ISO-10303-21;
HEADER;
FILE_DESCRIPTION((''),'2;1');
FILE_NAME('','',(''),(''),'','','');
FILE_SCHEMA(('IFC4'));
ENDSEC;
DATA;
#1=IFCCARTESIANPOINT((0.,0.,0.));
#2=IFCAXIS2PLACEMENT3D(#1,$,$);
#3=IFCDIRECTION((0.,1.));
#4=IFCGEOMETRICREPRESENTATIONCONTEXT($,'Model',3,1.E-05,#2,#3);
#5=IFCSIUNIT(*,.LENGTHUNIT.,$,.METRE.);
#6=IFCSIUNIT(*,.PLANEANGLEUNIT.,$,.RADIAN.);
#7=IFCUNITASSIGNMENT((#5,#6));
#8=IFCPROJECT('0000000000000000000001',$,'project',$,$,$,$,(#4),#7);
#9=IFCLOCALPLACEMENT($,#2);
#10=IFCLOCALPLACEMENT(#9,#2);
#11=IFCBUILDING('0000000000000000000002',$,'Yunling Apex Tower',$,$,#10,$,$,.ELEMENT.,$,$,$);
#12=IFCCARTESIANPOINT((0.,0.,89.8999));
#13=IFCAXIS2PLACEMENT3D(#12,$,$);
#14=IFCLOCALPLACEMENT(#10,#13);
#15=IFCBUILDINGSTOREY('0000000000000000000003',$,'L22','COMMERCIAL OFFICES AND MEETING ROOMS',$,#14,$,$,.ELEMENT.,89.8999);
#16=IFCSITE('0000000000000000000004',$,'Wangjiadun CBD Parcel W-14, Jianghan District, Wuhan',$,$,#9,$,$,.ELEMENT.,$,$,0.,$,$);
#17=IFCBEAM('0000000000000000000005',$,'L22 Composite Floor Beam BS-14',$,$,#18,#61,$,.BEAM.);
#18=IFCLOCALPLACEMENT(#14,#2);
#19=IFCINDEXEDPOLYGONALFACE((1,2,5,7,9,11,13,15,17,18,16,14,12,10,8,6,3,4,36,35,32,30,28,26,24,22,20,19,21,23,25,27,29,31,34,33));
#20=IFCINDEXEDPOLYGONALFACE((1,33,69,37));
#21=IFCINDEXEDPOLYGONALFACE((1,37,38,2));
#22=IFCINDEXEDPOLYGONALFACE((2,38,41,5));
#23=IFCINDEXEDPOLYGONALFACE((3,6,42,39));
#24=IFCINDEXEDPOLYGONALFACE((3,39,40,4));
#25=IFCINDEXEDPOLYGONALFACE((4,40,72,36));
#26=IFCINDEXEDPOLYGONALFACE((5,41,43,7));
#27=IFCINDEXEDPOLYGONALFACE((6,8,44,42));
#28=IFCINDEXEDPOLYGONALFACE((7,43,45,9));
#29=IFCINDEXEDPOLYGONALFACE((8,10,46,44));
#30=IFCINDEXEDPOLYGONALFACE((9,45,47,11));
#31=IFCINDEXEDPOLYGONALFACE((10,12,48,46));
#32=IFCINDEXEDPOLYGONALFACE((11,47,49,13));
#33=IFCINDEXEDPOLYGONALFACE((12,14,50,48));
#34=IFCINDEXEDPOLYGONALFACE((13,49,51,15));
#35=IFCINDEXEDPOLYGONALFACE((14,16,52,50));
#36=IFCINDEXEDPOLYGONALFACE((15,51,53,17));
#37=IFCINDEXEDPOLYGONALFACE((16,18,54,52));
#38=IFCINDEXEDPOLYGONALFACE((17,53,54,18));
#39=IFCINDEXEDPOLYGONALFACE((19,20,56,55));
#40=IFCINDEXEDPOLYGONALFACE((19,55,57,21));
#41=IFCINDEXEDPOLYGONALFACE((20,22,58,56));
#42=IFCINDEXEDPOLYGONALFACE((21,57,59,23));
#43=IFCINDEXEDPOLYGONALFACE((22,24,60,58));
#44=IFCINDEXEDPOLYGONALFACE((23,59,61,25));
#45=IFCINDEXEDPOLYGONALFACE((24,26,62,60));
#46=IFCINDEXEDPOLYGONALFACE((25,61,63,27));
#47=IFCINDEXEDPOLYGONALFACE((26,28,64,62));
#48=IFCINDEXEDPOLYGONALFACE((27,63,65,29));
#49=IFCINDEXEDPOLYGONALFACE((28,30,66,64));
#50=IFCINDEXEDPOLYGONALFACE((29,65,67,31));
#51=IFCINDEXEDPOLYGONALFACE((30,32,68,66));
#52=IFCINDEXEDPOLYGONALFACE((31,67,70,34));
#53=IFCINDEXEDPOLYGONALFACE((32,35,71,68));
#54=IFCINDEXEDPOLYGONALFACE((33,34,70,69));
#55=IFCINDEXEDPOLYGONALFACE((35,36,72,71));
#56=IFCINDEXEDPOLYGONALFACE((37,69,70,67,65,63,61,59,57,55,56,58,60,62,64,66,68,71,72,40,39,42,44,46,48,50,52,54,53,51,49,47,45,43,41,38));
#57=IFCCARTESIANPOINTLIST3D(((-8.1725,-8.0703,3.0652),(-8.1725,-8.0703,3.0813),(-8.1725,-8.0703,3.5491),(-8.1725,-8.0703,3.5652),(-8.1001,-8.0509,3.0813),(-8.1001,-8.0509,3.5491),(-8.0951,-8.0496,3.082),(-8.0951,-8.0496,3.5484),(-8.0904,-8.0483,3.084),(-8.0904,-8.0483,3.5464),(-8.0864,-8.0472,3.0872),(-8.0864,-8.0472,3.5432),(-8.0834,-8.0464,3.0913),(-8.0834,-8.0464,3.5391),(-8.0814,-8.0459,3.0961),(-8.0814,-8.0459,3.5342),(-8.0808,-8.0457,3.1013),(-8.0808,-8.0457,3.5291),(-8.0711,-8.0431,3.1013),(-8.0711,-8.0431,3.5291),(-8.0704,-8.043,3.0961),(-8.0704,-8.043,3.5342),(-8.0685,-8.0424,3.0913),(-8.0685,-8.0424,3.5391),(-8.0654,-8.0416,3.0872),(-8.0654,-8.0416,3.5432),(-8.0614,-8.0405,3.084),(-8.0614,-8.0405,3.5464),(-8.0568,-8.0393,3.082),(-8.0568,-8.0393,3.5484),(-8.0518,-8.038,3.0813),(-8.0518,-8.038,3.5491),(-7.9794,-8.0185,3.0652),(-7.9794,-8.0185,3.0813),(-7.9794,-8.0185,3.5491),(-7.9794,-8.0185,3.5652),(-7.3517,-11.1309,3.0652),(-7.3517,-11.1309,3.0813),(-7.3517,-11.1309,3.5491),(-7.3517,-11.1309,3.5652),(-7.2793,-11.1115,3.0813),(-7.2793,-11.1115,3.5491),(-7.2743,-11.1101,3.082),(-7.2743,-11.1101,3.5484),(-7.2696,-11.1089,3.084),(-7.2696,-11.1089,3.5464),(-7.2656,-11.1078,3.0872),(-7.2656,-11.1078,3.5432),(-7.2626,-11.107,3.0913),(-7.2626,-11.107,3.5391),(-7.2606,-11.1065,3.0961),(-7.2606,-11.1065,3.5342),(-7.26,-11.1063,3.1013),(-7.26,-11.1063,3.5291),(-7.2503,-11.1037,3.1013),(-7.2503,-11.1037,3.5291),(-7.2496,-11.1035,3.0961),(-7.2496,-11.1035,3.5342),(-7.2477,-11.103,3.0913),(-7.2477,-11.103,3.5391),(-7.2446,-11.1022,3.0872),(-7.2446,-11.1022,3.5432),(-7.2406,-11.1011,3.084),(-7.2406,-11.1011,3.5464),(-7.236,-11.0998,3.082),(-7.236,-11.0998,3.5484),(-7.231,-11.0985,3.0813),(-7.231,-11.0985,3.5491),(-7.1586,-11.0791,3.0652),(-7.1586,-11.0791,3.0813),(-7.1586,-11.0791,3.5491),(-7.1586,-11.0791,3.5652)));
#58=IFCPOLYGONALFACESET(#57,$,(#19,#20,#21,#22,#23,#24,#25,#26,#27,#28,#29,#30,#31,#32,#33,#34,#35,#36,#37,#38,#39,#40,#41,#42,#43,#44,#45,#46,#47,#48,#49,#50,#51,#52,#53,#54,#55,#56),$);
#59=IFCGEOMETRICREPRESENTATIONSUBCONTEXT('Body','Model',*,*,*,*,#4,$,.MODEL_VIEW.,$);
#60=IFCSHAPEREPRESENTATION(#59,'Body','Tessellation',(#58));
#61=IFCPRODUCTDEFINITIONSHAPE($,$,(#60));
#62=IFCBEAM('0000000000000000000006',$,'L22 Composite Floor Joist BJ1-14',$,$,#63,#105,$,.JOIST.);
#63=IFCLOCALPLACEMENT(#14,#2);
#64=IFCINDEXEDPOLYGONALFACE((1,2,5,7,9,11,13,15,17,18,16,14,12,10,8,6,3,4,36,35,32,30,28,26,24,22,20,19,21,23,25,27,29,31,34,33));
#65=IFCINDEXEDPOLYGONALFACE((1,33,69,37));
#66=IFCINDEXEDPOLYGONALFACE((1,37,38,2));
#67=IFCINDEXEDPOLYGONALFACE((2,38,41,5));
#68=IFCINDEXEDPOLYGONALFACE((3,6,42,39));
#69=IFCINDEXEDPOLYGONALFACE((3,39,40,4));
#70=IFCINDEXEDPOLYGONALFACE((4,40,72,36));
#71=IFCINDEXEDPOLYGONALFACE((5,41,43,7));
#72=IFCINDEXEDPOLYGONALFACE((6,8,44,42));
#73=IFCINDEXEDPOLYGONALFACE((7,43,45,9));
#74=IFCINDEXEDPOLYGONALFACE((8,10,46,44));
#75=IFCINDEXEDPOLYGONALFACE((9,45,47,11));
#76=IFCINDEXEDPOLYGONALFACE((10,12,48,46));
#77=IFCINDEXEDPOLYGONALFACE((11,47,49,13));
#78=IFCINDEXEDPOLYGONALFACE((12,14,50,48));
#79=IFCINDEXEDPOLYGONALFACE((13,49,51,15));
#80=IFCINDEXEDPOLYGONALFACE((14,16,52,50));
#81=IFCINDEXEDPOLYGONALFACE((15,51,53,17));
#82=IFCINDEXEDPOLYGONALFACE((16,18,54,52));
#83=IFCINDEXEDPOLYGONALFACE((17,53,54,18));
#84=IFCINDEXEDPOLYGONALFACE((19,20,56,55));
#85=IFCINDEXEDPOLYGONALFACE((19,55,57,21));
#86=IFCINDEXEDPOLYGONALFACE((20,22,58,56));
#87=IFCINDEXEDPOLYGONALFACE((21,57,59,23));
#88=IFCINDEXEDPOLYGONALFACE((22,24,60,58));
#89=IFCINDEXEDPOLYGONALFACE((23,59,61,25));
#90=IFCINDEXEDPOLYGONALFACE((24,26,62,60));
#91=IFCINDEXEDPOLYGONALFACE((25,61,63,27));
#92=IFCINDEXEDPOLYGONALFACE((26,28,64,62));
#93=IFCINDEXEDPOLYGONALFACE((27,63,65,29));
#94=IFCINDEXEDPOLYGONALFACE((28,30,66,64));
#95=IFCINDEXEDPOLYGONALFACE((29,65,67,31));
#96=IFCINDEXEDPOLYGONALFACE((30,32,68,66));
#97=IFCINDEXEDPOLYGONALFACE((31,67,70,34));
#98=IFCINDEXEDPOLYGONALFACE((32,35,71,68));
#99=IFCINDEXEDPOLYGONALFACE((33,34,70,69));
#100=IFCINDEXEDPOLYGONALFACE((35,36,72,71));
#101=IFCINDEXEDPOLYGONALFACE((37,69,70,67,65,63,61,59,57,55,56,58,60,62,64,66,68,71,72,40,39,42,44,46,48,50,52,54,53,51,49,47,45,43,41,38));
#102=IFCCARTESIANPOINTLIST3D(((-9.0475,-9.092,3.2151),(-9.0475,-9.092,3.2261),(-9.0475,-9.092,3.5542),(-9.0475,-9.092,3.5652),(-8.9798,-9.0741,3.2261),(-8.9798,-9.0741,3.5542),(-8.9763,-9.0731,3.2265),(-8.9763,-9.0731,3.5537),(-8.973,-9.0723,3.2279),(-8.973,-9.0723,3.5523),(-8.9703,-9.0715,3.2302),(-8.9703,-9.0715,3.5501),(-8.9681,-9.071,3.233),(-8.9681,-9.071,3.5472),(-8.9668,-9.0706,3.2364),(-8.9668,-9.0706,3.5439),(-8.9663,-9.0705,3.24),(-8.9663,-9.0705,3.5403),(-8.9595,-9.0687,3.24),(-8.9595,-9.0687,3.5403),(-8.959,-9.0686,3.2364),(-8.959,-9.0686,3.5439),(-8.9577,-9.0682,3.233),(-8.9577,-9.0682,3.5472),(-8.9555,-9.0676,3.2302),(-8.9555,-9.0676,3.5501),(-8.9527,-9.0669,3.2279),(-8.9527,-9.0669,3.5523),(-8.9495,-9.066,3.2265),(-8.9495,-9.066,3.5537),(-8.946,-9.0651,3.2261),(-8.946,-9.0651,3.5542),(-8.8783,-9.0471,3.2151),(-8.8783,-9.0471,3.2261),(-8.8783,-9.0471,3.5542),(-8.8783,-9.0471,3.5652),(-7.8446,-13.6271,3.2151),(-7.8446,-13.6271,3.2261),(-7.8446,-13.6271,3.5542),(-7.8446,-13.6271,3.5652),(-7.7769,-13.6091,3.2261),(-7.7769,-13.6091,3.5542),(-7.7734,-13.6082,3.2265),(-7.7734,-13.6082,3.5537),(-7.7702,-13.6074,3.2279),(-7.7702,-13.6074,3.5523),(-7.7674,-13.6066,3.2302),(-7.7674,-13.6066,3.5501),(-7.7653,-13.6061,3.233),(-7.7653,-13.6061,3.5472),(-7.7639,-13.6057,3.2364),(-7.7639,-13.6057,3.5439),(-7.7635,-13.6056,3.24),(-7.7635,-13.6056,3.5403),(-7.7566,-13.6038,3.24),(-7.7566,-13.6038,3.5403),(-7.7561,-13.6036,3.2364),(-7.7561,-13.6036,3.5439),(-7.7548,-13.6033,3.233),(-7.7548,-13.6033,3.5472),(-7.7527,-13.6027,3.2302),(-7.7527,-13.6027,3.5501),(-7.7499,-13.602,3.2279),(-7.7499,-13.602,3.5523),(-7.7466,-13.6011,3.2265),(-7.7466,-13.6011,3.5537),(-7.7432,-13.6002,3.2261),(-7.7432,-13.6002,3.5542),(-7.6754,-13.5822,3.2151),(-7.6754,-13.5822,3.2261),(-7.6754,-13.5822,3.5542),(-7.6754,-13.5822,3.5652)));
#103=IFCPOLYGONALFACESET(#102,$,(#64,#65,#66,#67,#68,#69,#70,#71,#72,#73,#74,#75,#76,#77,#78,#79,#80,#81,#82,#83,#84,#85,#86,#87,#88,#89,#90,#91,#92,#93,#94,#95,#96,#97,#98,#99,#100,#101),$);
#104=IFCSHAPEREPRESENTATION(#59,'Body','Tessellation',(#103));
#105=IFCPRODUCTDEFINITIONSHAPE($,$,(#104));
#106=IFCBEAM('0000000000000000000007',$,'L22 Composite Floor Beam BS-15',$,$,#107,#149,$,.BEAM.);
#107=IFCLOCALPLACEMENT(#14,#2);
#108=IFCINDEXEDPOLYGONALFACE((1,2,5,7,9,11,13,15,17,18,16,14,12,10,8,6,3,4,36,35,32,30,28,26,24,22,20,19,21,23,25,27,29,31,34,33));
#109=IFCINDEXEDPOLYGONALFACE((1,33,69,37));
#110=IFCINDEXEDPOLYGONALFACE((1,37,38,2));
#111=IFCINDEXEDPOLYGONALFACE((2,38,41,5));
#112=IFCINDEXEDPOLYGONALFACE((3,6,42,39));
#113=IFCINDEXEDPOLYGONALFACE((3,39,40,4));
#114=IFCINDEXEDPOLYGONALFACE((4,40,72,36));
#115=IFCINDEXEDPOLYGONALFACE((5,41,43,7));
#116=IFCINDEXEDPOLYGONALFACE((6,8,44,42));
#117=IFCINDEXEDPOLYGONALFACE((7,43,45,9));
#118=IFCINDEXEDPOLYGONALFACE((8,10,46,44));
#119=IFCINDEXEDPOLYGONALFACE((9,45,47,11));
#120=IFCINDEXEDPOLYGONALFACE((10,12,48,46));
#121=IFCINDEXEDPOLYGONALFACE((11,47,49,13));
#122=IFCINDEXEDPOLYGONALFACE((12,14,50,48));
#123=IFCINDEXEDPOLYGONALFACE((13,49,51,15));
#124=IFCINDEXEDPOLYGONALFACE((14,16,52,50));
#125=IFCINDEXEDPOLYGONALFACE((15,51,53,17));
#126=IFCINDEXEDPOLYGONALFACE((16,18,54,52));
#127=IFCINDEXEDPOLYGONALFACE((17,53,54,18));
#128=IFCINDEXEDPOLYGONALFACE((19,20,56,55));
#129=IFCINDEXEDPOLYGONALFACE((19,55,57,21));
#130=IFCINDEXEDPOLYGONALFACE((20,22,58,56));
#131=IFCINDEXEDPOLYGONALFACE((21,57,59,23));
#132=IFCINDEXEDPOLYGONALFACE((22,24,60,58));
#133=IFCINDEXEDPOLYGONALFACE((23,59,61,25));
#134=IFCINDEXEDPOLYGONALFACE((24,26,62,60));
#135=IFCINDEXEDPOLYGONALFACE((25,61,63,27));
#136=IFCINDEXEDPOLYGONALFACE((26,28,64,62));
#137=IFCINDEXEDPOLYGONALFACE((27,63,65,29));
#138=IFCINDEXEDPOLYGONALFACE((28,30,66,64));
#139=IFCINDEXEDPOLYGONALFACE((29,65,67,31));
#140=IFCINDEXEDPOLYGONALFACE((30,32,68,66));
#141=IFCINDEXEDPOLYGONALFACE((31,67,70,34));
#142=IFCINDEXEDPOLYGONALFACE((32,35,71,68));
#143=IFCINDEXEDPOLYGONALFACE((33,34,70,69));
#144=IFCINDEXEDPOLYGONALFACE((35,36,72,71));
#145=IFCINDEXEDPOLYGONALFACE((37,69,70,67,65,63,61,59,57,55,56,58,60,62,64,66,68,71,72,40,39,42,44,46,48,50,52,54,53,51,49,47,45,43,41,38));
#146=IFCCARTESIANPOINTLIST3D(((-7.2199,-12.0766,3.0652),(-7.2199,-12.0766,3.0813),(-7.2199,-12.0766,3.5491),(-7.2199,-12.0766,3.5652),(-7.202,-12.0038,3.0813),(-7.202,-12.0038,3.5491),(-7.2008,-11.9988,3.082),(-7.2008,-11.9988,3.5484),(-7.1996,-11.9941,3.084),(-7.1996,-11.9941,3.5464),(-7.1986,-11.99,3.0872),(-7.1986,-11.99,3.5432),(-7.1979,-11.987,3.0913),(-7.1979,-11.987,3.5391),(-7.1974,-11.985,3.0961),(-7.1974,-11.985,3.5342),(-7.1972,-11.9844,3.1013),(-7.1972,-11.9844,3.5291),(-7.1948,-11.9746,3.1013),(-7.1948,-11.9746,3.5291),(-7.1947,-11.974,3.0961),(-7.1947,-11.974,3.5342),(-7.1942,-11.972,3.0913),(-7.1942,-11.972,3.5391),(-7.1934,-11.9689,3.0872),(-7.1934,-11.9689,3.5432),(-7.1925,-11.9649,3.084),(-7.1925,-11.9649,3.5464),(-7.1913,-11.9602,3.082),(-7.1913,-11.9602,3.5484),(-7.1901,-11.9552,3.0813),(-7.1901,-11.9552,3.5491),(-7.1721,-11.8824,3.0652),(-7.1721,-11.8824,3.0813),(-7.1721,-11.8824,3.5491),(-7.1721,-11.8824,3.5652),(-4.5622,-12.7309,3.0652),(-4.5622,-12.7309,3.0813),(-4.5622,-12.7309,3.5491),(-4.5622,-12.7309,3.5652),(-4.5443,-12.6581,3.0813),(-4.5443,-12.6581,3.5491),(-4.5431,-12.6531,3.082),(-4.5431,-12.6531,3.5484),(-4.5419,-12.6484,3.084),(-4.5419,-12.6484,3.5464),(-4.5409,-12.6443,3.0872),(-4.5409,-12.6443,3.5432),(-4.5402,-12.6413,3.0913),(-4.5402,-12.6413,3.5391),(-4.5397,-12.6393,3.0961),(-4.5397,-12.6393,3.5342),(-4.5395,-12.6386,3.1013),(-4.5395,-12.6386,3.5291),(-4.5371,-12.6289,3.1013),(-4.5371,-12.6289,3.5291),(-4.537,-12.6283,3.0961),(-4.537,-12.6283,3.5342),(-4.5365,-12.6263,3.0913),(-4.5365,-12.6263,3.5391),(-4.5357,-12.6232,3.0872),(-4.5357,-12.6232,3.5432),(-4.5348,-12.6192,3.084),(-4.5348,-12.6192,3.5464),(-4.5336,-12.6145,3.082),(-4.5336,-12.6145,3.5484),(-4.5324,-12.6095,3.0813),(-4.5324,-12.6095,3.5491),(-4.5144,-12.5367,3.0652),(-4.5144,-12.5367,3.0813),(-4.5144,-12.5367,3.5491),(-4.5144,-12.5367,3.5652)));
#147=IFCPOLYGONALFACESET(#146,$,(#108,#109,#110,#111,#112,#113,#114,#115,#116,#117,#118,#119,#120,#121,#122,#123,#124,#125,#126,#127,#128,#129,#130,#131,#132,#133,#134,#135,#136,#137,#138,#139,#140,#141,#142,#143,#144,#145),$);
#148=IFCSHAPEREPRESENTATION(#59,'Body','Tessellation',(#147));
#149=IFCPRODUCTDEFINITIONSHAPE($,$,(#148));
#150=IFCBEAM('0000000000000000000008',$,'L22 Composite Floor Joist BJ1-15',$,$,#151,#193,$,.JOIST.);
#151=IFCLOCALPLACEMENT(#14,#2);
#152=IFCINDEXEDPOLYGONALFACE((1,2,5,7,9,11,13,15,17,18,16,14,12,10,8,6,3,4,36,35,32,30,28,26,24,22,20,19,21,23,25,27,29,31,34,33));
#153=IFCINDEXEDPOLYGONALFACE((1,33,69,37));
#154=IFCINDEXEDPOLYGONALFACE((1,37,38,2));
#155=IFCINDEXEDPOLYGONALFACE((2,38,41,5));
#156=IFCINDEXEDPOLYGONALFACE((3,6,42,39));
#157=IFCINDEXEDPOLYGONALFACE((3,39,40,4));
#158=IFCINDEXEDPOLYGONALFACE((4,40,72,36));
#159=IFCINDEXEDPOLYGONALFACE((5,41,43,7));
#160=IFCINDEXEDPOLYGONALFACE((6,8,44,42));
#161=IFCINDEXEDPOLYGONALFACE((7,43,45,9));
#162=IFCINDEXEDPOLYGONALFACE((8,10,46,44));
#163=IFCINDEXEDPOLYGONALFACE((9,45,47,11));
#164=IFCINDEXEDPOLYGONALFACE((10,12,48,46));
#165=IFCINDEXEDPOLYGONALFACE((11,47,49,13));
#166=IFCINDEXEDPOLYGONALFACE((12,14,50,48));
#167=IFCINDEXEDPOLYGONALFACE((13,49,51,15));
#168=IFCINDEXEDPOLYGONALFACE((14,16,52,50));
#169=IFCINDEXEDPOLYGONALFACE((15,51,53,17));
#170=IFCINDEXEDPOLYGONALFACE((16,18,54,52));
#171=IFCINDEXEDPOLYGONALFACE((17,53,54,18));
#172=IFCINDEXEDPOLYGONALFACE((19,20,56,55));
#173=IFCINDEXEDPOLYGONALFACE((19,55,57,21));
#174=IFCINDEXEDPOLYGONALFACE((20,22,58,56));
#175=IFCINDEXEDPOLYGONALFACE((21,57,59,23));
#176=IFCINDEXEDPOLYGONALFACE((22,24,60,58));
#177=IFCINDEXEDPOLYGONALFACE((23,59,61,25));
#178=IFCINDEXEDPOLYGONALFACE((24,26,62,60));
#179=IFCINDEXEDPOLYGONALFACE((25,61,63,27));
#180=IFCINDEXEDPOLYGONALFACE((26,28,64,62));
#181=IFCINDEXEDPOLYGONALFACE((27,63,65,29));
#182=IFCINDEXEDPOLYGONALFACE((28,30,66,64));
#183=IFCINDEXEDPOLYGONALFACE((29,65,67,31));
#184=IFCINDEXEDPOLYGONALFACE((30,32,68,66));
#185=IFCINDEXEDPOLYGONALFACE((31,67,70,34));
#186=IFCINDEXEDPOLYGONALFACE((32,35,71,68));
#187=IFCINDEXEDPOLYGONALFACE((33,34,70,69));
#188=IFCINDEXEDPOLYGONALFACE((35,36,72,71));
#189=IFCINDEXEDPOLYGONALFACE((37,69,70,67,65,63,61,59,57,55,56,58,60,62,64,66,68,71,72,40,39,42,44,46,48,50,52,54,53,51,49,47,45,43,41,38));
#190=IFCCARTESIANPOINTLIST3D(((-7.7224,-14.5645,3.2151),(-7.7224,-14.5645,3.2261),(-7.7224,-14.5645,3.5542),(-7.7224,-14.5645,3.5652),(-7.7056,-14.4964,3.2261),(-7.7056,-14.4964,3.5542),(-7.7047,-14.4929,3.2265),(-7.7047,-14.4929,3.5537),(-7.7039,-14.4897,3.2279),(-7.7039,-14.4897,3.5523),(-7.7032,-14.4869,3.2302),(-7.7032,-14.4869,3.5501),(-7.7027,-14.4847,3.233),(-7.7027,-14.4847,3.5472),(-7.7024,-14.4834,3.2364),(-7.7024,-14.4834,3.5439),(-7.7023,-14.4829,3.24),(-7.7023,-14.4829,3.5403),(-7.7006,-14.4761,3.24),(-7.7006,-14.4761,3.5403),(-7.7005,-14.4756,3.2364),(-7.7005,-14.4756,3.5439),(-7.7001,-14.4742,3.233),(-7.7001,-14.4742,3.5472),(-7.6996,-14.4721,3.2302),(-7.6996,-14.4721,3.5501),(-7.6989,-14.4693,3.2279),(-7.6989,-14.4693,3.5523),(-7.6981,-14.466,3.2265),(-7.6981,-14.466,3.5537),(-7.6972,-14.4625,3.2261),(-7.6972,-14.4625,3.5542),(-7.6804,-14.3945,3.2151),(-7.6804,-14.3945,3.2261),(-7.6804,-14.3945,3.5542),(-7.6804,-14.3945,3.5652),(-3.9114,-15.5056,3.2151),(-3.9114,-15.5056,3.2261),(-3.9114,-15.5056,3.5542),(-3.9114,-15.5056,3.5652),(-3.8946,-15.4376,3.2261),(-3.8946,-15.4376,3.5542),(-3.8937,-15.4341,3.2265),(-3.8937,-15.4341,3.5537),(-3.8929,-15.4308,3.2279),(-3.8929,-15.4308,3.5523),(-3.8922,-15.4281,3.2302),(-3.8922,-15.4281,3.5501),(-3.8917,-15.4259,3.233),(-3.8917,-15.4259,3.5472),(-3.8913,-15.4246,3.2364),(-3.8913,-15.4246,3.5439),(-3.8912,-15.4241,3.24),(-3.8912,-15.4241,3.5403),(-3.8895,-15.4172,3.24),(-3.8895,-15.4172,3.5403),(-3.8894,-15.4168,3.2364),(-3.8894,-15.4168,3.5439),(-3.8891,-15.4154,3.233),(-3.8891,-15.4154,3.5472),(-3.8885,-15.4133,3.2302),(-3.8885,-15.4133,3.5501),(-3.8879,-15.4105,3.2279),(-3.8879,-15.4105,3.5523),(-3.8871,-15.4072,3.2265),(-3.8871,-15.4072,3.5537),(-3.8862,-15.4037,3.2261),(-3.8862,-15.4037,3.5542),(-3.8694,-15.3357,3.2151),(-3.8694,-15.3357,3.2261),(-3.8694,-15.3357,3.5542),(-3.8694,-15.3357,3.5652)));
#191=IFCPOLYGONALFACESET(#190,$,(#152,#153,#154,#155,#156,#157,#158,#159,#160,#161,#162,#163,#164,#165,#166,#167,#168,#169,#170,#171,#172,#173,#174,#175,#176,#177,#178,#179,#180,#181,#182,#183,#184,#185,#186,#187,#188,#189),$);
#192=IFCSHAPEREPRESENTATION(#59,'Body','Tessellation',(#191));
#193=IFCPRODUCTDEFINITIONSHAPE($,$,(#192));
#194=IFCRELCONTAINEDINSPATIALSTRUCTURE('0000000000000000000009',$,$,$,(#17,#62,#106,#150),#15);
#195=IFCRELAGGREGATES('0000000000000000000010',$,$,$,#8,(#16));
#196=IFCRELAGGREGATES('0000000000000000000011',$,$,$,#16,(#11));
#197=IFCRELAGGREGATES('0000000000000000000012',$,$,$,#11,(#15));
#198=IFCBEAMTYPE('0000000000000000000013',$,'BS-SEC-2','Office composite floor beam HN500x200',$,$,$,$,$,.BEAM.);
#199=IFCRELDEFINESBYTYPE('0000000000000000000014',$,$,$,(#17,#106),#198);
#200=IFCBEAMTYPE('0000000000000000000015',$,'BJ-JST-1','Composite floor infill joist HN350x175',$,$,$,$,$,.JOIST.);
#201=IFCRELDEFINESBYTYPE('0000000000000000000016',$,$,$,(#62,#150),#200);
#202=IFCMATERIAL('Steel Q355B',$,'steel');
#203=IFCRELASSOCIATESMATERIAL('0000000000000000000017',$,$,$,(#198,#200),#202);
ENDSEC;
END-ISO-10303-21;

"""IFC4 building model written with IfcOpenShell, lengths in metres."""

from ifc_helpers import new_model, si_unit, direction, frame, origin, origin_2d, place, context, subcontext, project, spatial, i_section, extrude, source, transform, mapped, material, material_profile, profile_set, type_object, element, save


model = new_model("IFC4")

# Units and contexts
model_context = context("Model", 3, precision=1e-05, world=origin(), true_north=direction((0.0, 1.0)))
body_context = subcontext(model_context, "Body", "Model", "MODEL_VIEW")
ifc_project = project(units=[si_unit("LENGTHUNIT", "METRE"), si_unit("PLANEANGLEUNIT", "RADIAN")], contexts=[model_context])

# Site, building, storey
site_placement = place(None, origin())
site = spatial("IfcSite", under=ifc_project, at=site_placement, Name="Wangjiadun CBD Parcel W-14, Jianghan District, Wuhan", CompositionType="ELEMENT", RefElevation=0.0)
building_placement = place(site_placement, origin())
building = spatial("IfcBuilding", under=site, at=building_placement, Name="Yunling Apex Tower", CompositionType="ELEMENT")
storey_placement = place(building_placement, frame((0.0, 0.0, 89.8999)))
storey = spatial("IfcBuildingStorey", under=building, at=storey_placement, Name="L22", Description="COMMERCIAL OFFICES AND MEETING ROOMS", CompositionType="ELEMENT", Elevation=89.8999)

# Beams
ifc_material_1 = material(Name="Steel Q355B", Category="steel")
ifc_material_profile_1 = material_profile(ifc_material_1, i_section(OverallWidth=0.2, OverallDepth=0.5, WebThickness=0.01, FlangeThickness=0.0161, FilletRadius=0.02, at=origin_2d()))
ifc_profile_set_1 = profile_set([ifc_material_profile_1], Name="Steel Q355B")
beam_type_1 = type_object("IfcBeamType", Name="BS-SEC-2", Description="Office composite floor beam HN500x200", PredefinedType="BEAM", material=ifc_profile_set_1)
ifc_material_profile_2 = material_profile(ifc_material_1, i_section(OverallWidth=0.175, OverallDepth=0.3501, WebThickness=0.0071, FlangeThickness=0.011, FilletRadius=0.0139, at=origin_2d()))
ifc_profile_set_2 = profile_set([ifc_material_profile_2], Name="Steel Q355B")
beam_type_2 = type_object("IfcBeamType", Name="BJ-JST-1", Description="Composite floor infill joist HN350x175", PredefinedType="JOIST", material=ifc_profile_set_2)
shared_shape_1 = source(origin(), body_context, "Body", "SweptSolid", [
    extrude(i_section(OverallWidth=0.2, OverallDepth=0.5, WebThickness=0.01, FlangeThickness=0.0161, FilletRadius=0.02, at=origin_2d()), origin(), (0.0, 0.0, 1.0), 3.1687),
])
beam_1_placement = place(storey_placement, frame((-8.0759, -8.0444, 3.3152), z_axis=(0.259034, -0.965868, 0.0), x_axis=(0.965868, 0.259034, 0.0)))
element("IfcBeam", 1, at=beam_1_placement, inside=storey, type_object=beam_type_1, Name="L22 Composite Floor Beam BS-14", PredefinedType="BEAM", context=body_context, shape_type="MappedRepresentation", body=[
    mapped(shared_shape_1, transform((0.0, 0.0, 0.0), scale=1.0)),
])
shared_shape_2 = source(origin(), body_context, "Body", "SweptSolid", [
    extrude(i_section(OverallWidth=0.175, OverallDepth=0.3501, WebThickness=0.0071, FlangeThickness=0.011, FilletRadius=0.0139, at=origin_2d()), origin(), (0.0, 0.0, 1.0), 4.6919),
])
beam_2_placement = place(storey_placement, frame((-8.9629, -9.0696, 3.3901), z_axis=(0.25637, -0.966579, 0.0), x_axis=(0.966579, 0.25637, 0.0)))
element("IfcBeam", 2, at=beam_2_placement, inside=storey, type_object=beam_type_2, Name="L22 Composite Floor Joist BJ1-14", PredefinedType="JOIST", context=body_context, shape_type="MappedRepresentation", body=[
    mapped(shared_shape_2, transform((0.0, 0.0, 0.0), scale=1.0)),
])
shared_shape_3 = source(origin(), body_context, "Body", "SweptSolid", [
    extrude(i_section(OverallWidth=0.2, OverallDepth=0.5, WebThickness=0.01, FlangeThickness=0.0161, FilletRadius=0.02, at=origin_2d()), origin(), (0.0, 0.0, 1.0), 2.7371),
])
beam_3_placement = place(storey_placement, frame((-7.196, -11.9795, 3.3152), z_axis=(0.971007, -0.23905, 0.0), x_axis=(0.23905, 0.971007, 0.0)))
element("IfcBeam", 3, at=beam_3_placement, inside=storey, type_object=beam_type_1, Name="L22 Composite Floor Beam BS-15", PredefinedType="BEAM", context=body_context, shape_type="MappedRepresentation", body=[
    mapped(shared_shape_3, transform((0.0, 0.0, 0.0), scale=1.0)),
])
shared_shape_4 = source(origin(), body_context, "Body", "SweptSolid", [
    extrude(i_section(OverallWidth=0.175, OverallDepth=0.3501, WebThickness=0.0071, FlangeThickness=0.011, FilletRadius=0.0139, at=origin_2d()), origin(), (0.0, 0.0, 1.0), 3.9255),
])
beam_4_placement = place(storey_placement, frame((-7.7014, -14.4795, 3.3901), z_axis=(0.970834, -0.239754, 0.0), x_axis=(0.239754, 0.970834, 0.0)))
element("IfcBeam", 4, at=beam_4_placement, inside=storey, type_object=beam_type_2, Name="L22 Composite Floor Joist BJ1-15", PredefinedType="JOIST", context=body_context, shape_type="MappedRepresentation", body=[
    mapped(shared_shape_4, transform((0.0, 0.0, 0.0), scale=1.0)),
])

save(model, "model.ifc")
